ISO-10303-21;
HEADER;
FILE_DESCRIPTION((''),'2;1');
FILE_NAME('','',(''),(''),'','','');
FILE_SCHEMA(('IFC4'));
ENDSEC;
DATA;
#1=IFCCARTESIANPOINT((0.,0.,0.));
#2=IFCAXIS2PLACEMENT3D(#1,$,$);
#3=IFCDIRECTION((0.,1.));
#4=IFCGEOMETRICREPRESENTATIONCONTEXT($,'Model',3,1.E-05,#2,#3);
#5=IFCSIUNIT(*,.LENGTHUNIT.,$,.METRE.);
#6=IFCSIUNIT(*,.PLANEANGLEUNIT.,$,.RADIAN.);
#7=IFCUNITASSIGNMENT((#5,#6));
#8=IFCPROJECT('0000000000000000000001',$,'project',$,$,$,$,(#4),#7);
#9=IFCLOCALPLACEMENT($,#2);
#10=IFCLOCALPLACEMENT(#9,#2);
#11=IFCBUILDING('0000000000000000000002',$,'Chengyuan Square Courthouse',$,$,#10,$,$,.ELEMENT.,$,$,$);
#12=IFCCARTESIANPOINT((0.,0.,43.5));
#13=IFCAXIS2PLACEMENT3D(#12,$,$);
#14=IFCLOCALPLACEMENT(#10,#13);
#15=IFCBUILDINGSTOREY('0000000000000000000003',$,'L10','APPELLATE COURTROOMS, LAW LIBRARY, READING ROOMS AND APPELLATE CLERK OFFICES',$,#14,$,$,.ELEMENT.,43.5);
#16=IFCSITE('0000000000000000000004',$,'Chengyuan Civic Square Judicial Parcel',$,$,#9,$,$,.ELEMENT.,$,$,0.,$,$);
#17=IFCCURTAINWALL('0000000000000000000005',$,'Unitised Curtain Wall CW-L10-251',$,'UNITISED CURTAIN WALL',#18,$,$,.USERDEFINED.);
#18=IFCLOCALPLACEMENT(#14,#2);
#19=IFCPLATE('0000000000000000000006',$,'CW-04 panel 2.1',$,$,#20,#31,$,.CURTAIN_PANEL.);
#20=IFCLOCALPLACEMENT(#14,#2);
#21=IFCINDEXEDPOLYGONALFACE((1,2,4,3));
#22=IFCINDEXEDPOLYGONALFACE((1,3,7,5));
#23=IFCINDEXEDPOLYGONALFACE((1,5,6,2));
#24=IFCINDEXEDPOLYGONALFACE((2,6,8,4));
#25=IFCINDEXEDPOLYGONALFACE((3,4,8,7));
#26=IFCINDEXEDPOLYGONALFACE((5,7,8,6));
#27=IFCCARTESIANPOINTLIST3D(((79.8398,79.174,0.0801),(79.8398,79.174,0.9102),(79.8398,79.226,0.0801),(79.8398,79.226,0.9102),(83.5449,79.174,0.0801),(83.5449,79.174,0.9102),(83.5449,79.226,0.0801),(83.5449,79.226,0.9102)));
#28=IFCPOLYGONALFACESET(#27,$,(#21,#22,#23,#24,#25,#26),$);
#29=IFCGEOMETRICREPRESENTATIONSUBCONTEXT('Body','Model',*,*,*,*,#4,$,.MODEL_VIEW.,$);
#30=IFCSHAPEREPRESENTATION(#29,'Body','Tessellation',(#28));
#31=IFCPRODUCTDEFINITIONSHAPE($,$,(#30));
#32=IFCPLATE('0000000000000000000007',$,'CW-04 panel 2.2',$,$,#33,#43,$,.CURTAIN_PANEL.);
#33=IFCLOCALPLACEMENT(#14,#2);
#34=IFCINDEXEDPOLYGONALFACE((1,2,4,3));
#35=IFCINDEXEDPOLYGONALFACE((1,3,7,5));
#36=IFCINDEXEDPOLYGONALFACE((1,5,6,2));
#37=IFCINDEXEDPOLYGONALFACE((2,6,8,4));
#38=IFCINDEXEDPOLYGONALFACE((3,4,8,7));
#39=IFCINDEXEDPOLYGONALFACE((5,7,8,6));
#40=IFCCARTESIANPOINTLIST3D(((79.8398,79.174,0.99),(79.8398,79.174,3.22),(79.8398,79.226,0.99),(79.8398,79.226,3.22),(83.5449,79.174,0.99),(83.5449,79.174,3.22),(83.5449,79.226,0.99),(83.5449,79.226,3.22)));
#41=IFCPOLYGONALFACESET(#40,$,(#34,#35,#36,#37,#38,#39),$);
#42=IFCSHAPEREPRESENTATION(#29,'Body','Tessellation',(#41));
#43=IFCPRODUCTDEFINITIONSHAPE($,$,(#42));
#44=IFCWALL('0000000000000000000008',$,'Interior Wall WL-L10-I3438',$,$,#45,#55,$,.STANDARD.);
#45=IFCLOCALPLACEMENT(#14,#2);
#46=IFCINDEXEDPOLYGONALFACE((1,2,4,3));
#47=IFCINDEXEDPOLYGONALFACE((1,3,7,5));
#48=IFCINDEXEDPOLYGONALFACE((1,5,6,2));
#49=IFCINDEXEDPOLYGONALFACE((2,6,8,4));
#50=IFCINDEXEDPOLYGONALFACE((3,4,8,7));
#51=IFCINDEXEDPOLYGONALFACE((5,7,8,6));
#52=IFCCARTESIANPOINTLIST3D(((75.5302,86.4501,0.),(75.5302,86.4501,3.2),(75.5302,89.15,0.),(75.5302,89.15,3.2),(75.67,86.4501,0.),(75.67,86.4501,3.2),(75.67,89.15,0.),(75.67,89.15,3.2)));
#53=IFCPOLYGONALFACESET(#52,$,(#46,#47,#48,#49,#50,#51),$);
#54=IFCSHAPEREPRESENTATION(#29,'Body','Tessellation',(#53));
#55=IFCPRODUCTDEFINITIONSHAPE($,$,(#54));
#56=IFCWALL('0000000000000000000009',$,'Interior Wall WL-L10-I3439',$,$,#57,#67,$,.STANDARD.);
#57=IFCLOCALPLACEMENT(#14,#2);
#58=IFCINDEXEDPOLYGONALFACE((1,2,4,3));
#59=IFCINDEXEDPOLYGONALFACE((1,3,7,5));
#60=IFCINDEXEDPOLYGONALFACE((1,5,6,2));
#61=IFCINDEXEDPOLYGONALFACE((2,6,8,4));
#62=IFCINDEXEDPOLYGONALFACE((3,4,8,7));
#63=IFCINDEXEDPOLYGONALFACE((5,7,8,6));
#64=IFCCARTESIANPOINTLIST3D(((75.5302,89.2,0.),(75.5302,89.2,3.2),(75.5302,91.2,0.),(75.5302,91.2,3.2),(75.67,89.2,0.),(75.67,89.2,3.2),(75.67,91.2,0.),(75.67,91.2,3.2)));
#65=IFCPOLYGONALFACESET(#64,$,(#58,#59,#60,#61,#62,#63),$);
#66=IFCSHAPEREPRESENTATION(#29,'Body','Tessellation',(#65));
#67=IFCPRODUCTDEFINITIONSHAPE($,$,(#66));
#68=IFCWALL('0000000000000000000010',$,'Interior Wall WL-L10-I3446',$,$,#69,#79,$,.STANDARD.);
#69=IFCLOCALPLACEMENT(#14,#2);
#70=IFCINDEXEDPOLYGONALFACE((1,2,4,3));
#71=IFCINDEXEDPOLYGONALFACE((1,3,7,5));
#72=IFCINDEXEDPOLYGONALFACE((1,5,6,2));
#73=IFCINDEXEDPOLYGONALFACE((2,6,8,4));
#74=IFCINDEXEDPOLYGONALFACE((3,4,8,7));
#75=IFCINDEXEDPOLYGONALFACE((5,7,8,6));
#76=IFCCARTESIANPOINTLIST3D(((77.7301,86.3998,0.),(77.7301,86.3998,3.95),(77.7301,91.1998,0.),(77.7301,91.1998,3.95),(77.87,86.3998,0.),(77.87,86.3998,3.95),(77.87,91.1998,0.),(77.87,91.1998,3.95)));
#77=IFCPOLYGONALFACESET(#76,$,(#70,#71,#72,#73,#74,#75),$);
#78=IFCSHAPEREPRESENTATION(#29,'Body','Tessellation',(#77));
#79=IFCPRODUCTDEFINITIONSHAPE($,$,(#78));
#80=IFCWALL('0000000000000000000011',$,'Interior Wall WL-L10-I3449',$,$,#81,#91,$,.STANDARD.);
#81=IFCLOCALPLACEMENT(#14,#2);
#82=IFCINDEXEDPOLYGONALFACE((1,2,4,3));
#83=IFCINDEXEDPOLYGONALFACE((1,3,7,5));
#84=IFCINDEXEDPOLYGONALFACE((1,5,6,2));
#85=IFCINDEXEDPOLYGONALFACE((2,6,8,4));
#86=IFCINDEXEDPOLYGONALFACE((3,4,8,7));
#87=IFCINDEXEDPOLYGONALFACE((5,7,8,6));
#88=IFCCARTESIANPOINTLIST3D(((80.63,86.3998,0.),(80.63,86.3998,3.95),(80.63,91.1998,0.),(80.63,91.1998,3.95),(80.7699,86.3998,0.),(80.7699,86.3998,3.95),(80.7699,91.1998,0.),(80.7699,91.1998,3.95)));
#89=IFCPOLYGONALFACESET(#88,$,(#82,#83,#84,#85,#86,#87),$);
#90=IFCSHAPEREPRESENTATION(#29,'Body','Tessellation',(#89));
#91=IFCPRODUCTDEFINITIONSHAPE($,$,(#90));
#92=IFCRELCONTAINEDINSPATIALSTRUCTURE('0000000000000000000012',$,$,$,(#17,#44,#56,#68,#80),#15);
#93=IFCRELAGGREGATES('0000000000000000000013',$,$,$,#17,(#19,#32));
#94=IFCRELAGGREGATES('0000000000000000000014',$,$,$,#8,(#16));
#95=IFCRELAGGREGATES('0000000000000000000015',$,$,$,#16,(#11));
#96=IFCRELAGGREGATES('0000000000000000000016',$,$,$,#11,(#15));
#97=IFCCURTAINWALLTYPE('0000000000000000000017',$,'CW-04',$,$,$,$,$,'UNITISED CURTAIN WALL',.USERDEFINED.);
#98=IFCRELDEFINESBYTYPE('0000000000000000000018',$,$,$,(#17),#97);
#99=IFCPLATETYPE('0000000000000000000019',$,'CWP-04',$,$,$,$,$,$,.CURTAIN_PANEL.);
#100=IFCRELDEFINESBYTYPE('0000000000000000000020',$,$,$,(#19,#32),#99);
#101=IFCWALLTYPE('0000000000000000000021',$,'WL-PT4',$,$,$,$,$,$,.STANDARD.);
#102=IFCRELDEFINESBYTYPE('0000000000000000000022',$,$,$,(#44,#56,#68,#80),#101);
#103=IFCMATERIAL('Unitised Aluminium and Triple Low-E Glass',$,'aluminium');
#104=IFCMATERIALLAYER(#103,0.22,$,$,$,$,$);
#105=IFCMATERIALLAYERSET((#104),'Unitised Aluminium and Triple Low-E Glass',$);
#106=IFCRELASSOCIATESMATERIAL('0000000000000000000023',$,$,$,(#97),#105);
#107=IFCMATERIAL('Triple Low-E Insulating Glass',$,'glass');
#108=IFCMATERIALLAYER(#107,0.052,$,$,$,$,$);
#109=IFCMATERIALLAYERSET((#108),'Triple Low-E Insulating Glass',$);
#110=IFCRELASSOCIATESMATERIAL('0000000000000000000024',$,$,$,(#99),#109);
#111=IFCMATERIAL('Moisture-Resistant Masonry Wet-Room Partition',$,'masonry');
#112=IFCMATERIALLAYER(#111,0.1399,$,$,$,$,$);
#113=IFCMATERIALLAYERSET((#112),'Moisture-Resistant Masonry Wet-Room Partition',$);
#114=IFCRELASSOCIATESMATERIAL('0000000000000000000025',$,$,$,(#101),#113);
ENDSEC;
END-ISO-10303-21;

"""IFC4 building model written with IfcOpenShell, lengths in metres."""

from ifc_helpers import new_model, si_unit, direction, frame, frame_2d, origin, origin_2d, place, context, subcontext, project, spatial, rectangle, extrude, material, layer, layer_set, type_object, element, aggregate, save


model = new_model("IFC4")

# Units and contexts
model_context = context("Model", 3, precision=1e-05, world=origin(), true_north=direction((0.0, 1.0)))
body_context = subcontext(model_context, "Body", "Model", "MODEL_VIEW")
ifc_project = project(units=[si_unit("LENGTHUNIT", "METRE"), si_unit("PLANEANGLEUNIT", "RADIAN")], contexts=[model_context])

# Site, building, storey
site_placement = place(None, origin())
site = spatial("IfcSite", under=ifc_project, at=site_placement, Name="Chengyuan Civic Square Judicial Parcel", CompositionType="ELEMENT", RefElevation=0.0)
building_placement = place(site_placement, origin())
building = spatial("IfcBuilding", under=site, at=building_placement, Name="Chengyuan Square Courthouse", CompositionType="ELEMENT")
storey_placement = place(building_placement, frame((0.0, 0.0, 43.5)))
storey = spatial("IfcBuildingStorey", under=building, at=storey_placement, Name="L10", Description="APPELLATE COURTROOMS, LAW LIBRARY, READING ROOMS AND APPELLATE CLERK OFFICES", CompositionType="ELEMENT", Elevation=43.5)

# Curtain wall, plates
ifc_material_1 = material(Name="Unitised Aluminium and Triple Low-E Glass", Category="aluminium")
ifc_layer_1 = layer(ifc_material_1, 0.22)
ifc_layer_set_1 = layer_set([ifc_layer_1], Name="Unitised Aluminium and Triple Low-E Glass")
curtain_wall_type = type_object("IfcCurtainWallType", Name="CW-04", ElementType="UNITISED CURTAIN WALL", PredefinedType="USERDEFINED", material=ifc_layer_set_1)
curtain_wall_placement = place(storey_placement, origin())
curtain_wall = element("IfcCurtainWall", 1, at=curtain_wall_placement, inside=storey, type_object=curtain_wall_type, Name="Unitised Curtain Wall CW-L10-251", ObjectType="UNITISED CURTAIN WALL", PredefinedType="USERDEFINED")
ifc_material_2 = material(Name="Triple Low-E Insulating Glass", Category="glass")
ifc_layer_2 = layer(ifc_material_2, 0.052)
ifc_layer_set_2 = layer_set([ifc_layer_2], Name="Triple Low-E Insulating Glass")
plate_type = type_object("IfcPlateType", Name="CWP-04", PredefinedType="CURTAIN_PANEL", material=ifc_layer_set_2)
plate_1_placement = place(storey_placement, frame((81.6924, 79.2, 0.0801), z_axis=(0.0, 0.0, 1.0), x_axis=(1.0, 0.0, 0.0)))
plate_1 = element("IfcPlate", 2, at=plate_1_placement, type_object=plate_type, Name="CW-04 panel 2.1", PredefinedType="CURTAIN_PANEL", context=body_context, shape_type="SweptSolid", body=[
    extrude(rectangle(XDim=3.7051, YDim=0.052, at=origin_2d()), origin(), (0.0, 0.0, 1.0), 0.8301),
])
plate_2_placement = place(storey_placement, frame((81.6924, 79.2, 0.99), z_axis=(0.0, 0.0, 1.0), x_axis=(1.0, 0.0, 0.0)))
plate_2 = element("IfcPlate", 3, at=plate_2_placement, type_object=plate_type, Name="CW-04 panel 2.2", PredefinedType="CURTAIN_PANEL", context=body_context, shape_type="SweptSolid", body=[
    extrude(rectangle(XDim=3.7051, YDim=0.052, at=origin_2d()), origin(), (0.0, 0.0, 1.0), 2.23),
])
aggregate(curtain_wall, [plate_1, plate_2])

# Walls
ifc_material_3 = material(Name="Moisture-Resistant Masonry Wet-Room Partition", Category="masonry")
ifc_layer_3 = layer(ifc_material_3, 0.1399)
ifc_layer_set_3 = layer_set([ifc_layer_3], Name="Moisture-Resistant Masonry Wet-Room Partition")
wall_type = type_object("IfcWallType", Name="WL-PT4", PredefinedType="STANDARD", material=ifc_layer_set_3)
wall_1_placement = place(storey_placement, frame((75.6001, 86.45, 0.0), z_axis=(0.0, 0.0, 1.0), x_axis=(0.0, 1.0, 0.0)))
element("IfcWall", 4, at=wall_1_placement, inside=storey, type_object=wall_type, Name="Interior Wall WL-L10-I3438", PredefinedType="STANDARD", context=body_context, shape_type="SweptSolid", body=[
    extrude(rectangle(XDim=2.7, YDim=0.1399, at=frame_2d((1.3501, 0.0))), origin(), (0.0, 0.0, 1.0), 3.2),
])
wall_2_placement = place(storey_placement, frame((75.6001, 89.2, 0.0), z_axis=(0.0, 0.0, 1.0), x_axis=(0.0, 1.0, 0.0)))
element("IfcWall", 5, at=wall_2_placement, inside=storey, type_object=wall_type, Name="Interior Wall WL-L10-I3439", PredefinedType="STANDARD", context=body_context, shape_type="SweptSolid", body=[
    extrude(rectangle(XDim=2.0, YDim=0.1399, at=frame_2d((1.0, 0.0))), origin(), (0.0, 0.0, 1.0), 3.2),
])
for number, where, z_axis, x_axis, name in (
    (6, (77.8, 86.3999, 0.0), (0.0, 0.0, 1.0), (0.0, 1.0, 0.0), "Interior Wall WL-L10-I3446"),
    (7, (80.7, 86.3999, 0.0), (0.0, 0.0, 1.0), (0.0, 1.0, 0.0), "Interior Wall WL-L10-I3449"),
):
    element("IfcWall", number, at=place(storey_placement, frame(where, z_axis=z_axis, x_axis=x_axis)), inside=storey, type_object=wall_type, Name=name, PredefinedType="STANDARD", context=body_context, shape_type="SweptSolid", body=[
        extrude(rectangle(XDim=4.8, YDim=0.1399, at=frame_2d((2.3999, 0.0))), origin(), (0.0, 0.0, 1.0), 3.95),
    ])

save(model, "model.ifc")
